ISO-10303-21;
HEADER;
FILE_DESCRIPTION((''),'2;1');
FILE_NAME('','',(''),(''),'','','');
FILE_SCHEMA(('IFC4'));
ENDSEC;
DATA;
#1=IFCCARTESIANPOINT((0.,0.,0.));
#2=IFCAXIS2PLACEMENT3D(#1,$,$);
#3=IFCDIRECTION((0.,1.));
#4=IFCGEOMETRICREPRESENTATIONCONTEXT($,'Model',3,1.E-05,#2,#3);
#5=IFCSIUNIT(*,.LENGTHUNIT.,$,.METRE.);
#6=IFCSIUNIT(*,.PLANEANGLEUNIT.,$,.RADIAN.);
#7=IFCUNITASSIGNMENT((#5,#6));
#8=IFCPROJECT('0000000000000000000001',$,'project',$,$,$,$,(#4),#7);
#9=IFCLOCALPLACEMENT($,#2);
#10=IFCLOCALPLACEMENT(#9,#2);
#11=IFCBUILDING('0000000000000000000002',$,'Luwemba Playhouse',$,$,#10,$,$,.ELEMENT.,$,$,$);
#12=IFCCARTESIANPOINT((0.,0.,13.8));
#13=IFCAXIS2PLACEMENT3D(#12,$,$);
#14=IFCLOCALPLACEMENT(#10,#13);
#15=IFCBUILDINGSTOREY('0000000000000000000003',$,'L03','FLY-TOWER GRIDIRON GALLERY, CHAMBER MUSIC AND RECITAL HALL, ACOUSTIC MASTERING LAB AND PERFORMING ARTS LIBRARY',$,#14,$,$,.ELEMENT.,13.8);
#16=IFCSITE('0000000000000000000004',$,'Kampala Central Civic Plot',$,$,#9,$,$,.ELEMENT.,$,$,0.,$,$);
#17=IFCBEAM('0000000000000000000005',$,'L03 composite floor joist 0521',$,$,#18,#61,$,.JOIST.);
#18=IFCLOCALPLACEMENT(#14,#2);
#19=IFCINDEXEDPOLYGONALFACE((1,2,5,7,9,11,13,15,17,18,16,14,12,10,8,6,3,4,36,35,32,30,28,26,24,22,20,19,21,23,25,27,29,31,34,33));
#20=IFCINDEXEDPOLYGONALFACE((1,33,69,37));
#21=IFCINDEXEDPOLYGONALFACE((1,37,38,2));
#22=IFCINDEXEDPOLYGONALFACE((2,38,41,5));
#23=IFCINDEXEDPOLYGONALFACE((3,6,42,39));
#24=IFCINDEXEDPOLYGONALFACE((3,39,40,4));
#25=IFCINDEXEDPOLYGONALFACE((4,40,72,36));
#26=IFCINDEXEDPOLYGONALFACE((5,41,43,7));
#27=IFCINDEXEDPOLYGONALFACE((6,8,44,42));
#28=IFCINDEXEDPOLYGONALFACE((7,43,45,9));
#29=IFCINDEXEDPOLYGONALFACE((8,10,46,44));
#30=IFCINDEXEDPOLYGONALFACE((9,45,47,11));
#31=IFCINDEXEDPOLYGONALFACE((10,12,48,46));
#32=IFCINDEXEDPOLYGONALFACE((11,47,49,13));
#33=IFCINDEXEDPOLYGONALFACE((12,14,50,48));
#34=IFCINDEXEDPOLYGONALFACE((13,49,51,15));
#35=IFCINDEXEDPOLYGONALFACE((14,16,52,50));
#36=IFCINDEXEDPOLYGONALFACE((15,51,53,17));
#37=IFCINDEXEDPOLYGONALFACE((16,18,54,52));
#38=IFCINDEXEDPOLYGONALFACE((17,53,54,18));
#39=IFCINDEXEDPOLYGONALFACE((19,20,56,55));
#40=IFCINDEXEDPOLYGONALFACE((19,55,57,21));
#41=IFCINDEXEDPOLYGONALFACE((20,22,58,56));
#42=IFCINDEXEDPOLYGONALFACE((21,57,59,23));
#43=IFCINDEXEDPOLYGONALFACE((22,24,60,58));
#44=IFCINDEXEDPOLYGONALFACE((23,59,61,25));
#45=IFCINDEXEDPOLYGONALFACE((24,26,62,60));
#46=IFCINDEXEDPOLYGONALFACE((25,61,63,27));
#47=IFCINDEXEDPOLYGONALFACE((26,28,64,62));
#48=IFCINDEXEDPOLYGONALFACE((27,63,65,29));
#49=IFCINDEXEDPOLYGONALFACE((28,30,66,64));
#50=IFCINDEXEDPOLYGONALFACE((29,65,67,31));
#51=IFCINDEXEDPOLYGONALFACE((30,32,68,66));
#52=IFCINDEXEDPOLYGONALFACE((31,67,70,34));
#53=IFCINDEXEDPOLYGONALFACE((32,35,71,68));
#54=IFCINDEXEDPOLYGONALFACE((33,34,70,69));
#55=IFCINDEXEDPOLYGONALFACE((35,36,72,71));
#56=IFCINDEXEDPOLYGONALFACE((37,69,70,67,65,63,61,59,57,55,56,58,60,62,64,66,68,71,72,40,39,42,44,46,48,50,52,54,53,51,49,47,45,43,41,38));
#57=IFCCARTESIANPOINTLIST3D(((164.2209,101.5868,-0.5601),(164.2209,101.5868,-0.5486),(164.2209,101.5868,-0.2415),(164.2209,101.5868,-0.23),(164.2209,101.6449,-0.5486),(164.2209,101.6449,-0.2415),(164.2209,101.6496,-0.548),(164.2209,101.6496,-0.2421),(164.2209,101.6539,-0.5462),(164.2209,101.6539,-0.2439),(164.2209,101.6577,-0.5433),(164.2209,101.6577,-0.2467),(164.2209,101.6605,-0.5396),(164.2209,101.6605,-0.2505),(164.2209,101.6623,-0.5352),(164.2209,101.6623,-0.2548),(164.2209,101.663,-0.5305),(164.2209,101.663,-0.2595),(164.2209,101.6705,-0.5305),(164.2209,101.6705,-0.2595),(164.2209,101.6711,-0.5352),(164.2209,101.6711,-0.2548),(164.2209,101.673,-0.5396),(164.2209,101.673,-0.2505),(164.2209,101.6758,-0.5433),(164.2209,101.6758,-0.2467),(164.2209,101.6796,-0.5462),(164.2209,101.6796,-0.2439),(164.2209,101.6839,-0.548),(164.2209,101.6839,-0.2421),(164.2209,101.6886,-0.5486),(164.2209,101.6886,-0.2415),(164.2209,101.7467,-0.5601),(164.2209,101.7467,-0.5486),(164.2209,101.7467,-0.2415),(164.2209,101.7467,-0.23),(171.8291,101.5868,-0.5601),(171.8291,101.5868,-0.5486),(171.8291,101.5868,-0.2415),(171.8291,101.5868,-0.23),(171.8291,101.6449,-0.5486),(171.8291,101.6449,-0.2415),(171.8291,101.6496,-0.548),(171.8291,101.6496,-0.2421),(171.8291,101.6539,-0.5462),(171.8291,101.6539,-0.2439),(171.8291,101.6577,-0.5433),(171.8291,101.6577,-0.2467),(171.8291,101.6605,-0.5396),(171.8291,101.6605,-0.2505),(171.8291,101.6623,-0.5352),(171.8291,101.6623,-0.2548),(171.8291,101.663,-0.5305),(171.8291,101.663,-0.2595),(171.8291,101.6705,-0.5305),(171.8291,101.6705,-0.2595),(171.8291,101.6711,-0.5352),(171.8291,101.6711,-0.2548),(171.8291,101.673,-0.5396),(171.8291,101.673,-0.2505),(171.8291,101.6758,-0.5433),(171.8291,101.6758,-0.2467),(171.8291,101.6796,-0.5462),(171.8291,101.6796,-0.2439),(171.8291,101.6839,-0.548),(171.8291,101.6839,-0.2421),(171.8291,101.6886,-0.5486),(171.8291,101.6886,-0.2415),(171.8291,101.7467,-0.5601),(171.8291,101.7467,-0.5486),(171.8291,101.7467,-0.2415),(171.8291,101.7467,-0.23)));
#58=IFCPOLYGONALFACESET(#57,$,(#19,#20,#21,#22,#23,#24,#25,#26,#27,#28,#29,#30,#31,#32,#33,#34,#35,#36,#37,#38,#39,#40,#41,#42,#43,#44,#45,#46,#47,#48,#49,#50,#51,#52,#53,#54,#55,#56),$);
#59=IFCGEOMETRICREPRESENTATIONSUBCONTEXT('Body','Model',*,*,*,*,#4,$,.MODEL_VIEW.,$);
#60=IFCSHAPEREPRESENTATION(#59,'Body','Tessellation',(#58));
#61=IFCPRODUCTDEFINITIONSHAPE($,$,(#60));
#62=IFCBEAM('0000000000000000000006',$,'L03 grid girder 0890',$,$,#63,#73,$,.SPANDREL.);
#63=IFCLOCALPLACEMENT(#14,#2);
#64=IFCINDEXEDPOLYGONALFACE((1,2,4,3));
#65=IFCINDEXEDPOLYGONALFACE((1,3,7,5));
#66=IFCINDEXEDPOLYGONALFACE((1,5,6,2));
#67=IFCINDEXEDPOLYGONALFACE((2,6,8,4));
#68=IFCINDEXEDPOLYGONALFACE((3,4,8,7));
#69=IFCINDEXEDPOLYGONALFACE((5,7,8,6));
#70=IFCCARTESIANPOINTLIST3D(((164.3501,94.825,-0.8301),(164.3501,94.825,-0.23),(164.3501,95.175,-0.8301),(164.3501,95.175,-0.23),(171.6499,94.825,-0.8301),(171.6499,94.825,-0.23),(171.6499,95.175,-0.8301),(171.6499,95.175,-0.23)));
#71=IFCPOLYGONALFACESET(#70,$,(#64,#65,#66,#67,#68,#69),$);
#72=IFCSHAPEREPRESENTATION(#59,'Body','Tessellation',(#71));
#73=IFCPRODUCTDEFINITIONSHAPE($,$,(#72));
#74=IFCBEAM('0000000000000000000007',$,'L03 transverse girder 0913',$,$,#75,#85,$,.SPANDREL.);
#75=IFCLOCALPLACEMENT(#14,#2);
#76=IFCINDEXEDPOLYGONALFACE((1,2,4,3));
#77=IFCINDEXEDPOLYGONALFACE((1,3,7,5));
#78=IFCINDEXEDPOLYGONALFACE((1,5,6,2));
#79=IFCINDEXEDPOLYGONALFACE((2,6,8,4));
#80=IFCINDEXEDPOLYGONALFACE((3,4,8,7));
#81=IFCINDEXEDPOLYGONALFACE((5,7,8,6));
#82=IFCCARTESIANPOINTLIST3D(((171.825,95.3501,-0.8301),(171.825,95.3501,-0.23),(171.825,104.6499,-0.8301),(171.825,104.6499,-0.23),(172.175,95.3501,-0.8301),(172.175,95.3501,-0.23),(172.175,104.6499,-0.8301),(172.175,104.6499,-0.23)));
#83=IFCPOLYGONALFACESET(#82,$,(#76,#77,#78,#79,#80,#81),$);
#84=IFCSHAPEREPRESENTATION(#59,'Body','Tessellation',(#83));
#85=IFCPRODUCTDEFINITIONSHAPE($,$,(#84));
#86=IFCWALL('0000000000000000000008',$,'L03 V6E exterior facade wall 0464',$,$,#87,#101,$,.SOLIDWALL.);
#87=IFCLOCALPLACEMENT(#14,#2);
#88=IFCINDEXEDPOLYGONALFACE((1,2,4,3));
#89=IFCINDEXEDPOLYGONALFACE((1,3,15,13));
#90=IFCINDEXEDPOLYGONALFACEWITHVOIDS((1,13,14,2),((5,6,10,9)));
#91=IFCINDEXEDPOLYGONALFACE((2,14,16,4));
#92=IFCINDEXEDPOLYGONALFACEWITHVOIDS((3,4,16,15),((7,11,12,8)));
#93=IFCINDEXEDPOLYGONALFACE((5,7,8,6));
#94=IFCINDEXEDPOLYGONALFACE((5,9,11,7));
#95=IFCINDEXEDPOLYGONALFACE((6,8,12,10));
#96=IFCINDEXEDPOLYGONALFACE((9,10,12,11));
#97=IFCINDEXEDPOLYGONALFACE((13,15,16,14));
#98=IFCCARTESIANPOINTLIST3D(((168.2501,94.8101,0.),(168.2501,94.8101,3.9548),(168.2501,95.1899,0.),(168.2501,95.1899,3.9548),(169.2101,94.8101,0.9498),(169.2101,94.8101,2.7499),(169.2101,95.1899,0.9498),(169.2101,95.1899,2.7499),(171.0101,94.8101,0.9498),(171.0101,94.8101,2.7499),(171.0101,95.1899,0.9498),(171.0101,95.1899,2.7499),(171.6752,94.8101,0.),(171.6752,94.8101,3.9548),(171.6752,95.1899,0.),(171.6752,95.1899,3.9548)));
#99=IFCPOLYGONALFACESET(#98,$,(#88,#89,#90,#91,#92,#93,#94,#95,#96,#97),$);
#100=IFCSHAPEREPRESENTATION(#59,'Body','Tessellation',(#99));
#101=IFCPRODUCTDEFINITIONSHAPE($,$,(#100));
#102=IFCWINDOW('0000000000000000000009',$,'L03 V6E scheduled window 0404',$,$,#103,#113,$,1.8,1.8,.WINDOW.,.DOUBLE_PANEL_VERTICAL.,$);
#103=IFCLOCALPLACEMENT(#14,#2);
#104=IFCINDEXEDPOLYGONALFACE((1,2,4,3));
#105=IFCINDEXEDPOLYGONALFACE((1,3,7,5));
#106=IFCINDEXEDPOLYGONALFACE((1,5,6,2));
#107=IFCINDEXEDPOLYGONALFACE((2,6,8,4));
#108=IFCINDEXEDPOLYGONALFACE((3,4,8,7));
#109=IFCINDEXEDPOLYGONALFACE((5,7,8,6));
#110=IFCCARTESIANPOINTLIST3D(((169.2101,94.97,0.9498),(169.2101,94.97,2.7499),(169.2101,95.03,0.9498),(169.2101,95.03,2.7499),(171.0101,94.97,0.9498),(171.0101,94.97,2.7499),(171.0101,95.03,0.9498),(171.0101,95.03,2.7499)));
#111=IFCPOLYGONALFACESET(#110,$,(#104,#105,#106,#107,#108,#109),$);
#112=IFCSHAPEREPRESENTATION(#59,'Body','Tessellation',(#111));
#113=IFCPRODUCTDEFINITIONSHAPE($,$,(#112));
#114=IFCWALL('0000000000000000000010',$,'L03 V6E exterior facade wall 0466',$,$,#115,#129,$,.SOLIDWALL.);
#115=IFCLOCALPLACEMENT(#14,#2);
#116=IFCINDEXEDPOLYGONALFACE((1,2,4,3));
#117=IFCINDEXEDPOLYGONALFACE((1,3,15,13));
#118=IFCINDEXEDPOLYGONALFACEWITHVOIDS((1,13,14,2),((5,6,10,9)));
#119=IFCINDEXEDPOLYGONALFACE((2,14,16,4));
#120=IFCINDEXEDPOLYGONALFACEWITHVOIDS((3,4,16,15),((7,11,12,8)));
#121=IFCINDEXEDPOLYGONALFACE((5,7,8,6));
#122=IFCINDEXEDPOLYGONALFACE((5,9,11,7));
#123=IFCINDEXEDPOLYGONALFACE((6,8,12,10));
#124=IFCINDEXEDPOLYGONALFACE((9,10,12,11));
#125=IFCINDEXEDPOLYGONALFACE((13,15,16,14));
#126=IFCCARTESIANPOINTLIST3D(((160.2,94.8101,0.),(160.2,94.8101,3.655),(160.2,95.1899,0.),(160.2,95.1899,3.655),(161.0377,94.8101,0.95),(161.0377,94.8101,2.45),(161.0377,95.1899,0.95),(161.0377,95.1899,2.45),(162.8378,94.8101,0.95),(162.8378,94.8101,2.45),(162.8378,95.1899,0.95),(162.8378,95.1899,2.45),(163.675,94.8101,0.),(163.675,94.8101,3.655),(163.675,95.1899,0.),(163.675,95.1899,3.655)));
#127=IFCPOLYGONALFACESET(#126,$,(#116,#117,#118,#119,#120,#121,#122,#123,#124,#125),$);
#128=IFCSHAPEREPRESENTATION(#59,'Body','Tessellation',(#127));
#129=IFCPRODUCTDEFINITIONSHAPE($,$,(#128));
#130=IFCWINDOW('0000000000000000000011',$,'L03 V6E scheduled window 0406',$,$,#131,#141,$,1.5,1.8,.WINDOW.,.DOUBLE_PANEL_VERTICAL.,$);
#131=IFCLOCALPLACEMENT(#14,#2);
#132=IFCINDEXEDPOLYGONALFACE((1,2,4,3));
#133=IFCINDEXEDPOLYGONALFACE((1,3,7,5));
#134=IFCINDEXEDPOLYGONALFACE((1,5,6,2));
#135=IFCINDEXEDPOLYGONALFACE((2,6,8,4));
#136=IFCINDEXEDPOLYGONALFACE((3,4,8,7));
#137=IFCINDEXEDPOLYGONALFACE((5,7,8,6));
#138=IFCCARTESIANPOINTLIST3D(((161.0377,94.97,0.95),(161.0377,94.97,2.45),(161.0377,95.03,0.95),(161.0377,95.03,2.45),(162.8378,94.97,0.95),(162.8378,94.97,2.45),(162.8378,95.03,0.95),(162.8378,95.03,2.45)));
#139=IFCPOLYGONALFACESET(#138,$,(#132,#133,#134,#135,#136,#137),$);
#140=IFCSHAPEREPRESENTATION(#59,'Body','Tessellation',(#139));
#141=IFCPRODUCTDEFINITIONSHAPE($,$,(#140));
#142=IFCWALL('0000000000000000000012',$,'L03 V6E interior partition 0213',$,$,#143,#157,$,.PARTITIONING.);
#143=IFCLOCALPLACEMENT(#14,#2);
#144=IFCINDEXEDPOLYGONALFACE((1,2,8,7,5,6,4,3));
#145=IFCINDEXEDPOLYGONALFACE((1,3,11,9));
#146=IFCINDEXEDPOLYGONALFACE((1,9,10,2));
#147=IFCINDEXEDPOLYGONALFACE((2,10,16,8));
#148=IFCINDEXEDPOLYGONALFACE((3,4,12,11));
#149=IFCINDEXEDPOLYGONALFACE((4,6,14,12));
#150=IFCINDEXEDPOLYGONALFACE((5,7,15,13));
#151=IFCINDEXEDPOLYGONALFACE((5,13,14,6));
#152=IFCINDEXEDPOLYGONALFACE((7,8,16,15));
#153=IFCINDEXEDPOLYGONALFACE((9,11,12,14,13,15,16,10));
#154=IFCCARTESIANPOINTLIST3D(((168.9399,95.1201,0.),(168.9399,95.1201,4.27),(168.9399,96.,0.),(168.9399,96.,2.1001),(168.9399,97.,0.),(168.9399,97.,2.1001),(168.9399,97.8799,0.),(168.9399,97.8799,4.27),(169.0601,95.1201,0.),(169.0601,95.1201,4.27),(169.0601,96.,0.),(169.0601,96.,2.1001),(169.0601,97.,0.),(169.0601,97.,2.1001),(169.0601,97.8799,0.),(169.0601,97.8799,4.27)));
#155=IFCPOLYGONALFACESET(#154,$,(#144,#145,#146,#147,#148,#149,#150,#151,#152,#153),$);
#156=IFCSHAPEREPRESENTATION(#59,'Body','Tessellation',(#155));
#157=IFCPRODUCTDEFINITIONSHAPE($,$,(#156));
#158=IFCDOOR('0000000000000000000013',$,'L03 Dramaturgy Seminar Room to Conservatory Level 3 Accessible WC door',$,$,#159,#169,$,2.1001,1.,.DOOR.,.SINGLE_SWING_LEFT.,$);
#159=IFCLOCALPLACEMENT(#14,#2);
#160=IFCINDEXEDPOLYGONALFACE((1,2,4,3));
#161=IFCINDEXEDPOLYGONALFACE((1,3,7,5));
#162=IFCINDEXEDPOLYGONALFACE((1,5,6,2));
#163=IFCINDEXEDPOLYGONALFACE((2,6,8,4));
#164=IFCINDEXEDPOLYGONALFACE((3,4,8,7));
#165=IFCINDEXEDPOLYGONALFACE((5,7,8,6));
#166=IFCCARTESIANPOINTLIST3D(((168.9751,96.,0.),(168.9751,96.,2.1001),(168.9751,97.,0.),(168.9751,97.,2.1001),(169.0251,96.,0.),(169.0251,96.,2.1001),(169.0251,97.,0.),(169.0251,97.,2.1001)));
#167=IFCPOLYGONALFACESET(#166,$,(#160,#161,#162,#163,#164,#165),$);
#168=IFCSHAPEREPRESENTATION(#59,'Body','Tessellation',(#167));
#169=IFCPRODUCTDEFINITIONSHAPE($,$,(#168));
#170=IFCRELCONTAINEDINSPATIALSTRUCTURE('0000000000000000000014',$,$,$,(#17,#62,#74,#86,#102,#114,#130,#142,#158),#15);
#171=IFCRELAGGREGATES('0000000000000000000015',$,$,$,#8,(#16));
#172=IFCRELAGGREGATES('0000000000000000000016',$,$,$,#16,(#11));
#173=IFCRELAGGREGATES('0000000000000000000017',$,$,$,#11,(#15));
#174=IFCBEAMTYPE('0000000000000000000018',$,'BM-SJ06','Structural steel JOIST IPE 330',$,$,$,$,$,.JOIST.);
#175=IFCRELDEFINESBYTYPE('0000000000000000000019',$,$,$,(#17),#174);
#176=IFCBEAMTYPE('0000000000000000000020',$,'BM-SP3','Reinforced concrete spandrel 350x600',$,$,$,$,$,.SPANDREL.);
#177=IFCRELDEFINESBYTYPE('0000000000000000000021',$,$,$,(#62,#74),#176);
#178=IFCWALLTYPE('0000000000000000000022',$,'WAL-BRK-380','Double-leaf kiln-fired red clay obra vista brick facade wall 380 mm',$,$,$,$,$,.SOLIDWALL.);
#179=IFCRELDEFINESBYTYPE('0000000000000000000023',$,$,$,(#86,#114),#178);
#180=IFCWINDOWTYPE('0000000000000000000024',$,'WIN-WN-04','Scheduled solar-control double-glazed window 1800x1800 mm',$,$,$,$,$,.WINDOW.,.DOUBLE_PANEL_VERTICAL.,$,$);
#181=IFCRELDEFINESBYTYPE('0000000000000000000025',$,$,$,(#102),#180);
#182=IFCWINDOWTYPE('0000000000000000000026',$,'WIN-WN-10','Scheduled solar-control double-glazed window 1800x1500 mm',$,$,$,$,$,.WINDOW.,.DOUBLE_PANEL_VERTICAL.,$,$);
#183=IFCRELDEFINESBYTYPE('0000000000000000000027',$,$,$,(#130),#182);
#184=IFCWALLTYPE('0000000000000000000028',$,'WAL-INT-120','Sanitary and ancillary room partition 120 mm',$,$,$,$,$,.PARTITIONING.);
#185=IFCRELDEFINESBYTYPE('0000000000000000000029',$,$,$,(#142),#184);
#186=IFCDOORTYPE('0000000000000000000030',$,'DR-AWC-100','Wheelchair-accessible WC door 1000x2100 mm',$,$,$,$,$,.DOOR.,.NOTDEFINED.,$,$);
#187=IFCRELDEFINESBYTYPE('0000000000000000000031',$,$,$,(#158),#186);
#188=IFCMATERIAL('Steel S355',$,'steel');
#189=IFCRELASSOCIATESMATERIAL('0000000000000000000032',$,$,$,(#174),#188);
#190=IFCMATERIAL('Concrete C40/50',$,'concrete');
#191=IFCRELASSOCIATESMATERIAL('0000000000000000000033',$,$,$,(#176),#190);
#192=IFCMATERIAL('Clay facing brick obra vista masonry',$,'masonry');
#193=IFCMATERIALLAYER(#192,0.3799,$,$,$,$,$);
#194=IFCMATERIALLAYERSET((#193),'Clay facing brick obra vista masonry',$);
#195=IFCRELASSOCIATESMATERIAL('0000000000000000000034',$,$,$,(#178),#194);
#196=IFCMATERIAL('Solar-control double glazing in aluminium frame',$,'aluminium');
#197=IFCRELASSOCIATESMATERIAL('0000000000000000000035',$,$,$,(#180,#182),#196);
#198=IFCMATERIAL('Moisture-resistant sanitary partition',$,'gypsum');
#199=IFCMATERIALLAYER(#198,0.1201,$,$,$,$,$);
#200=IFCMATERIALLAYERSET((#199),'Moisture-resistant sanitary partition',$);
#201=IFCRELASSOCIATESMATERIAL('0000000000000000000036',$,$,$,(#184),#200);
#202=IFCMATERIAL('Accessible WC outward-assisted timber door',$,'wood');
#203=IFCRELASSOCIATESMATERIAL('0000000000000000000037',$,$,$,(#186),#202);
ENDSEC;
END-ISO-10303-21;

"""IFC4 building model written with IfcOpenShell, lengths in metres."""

from ifc_helpers import new_model, si_unit, direction, frame, frame_2d, origin, origin_2d, place, context, subcontext, project, spatial, rectangle, i_section, extrude, material, layer, layer_set, material_profile, profile_set, type_object, element, fill, save


model = new_model("IFC4")

# Units and contexts
model_context = context("Model", 3, precision=1e-05, world=origin(), true_north=direction((0.0, 1.0)))
body_context = subcontext(model_context, "Body", "Model", "MODEL_VIEW")
ifc_project = project(units=[si_unit("LENGTHUNIT", "METRE"), si_unit("PLANEANGLEUNIT", "RADIAN")], contexts=[model_context])

# Site, building, storey
site_placement = place(None, origin())
site = spatial("IfcSite", under=ifc_project, at=site_placement, Name="Kampala Central Civic Plot", CompositionType="ELEMENT", RefElevation=0.0)
building_placement = place(site_placement, origin())
building = spatial("IfcBuilding", under=site, at=building_placement, Name="Luwemba Playhouse", CompositionType="ELEMENT")
storey_placement = place(building_placement, frame((0.0, 0.0, 13.8)))
storey = spatial("IfcBuildingStorey", under=building, at=storey_placement, Name="L03", Description="FLY-TOWER GRIDIRON GALLERY, CHAMBER MUSIC AND RECITAL HALL, ACOUSTIC MASTERING LAB AND PERFORMING ARTS LIBRARY", CompositionType="ELEMENT", Elevation=13.8)

# Shared definitions
ifc_material_1 = material(Name="Concrete C40/50", Category="concrete")

# Beams
ifc_material_2 = material(Name="Steel S355", Category="steel")
ifc_material_profile_1 = material_profile(ifc_material_2, i_section(OverallWidth=0.1599, OverallDepth=0.3301, WebThickness=0.0076, FlangeThickness=0.0115, FilletRadius=0.0181, at=origin_2d()))
ifc_profile_set_1 = profile_set([ifc_material_profile_1], Name="Steel S355")
beam_type_1 = type_object("IfcBeamType", Name="BM-SJ06", Description="Structural steel JOIST IPE 330", PredefinedType="JOIST", material=ifc_profile_set_1)
beam_1_placement = place(storey_placement, frame((164.2209, 101.6667, -0.395), z_axis=(1.0, 0.0, 0.0), x_axis=(0.0, 1.0, 0.0)))
element("IfcBeam", 1, at=beam_1_placement, inside=storey, type_object=beam_type_1, Name="L03 composite floor joist 0521", PredefinedType="JOIST", context=body_context, shape_type="SweptSolid", body=[
    extrude(i_section(OverallWidth=0.1599, OverallDepth=0.3301, WebThickness=0.0076, FlangeThickness=0.0115, FilletRadius=0.0181, at=origin_2d()), origin(), (0.0, 0.0, 1.0), 7.6082),
])
ifc_material_profile_2 = material_profile(ifc_material_1, rectangle(XDim=0.3501, YDim=0.6001, at=origin_2d()))
ifc_profile_set_2 = profile_set([ifc_material_profile_2], Name="Concrete C40/50")
beam_type_2 = type_object("IfcBeamType", Name="BM-SP3", Description="Reinforced concrete spandrel 350x600", PredefinedType="SPANDREL", material=ifc_profile_set_2)
beam_2_placement = place(storey_placement, frame((164.3501, 95.0, -0.53), z_axis=(1.0, 0.0, 0.0), x_axis=(0.0, 1.0, 0.0)))
element("IfcBeam", 2, at=beam_2_placement, inside=storey, type_object=beam_type_2, Name="L03 grid girder 0890", PredefinedType="SPANDREL", context=body_context, shape_type="SweptSolid", body=[
    extrude(rectangle(XDim=0.3501, YDim=0.6001, at=origin_2d()), origin(), (0.0, 0.0, 1.0), 7.2998),
])
beam_3_placement = place(storey_placement, frame((172.0, 95.3501, -0.53), z_axis=(0.0, 1.0, 0.0), x_axis=(-1.0, 0.0, 0.0)))
element("IfcBeam", 3, at=beam_3_placement, inside=storey, type_object=beam_type_2, Name="L03 transverse girder 0913", PredefinedType="SPANDREL", context=body_context, shape_type="SweptSolid", body=[
    extrude(rectangle(XDim=0.3501, YDim=0.6001, at=origin_2d()), origin(), (0.0, 0.0, 1.0), 9.2998),
])

# Walls, openings, windows
ifc_material_3 = material(Name="Clay facing brick obra vista masonry", Category="masonry")
ifc_layer_1 = layer(ifc_material_3, 0.3799)
ifc_layer_set_1 = layer_set([ifc_layer_1], Name="Clay facing brick obra vista masonry")
wall_type_1 = type_object("IfcWallType", Name="WAL-BRK-380", Description="Double-leaf kiln-fired red clay obra vista brick facade wall 380 mm", PredefinedType="SOLIDWALL", material=ifc_layer_set_1)
wall_1_placement = place(storey_placement, frame((171.675, 95.0, 0.0), z_axis=(0.0, 0.0, 1.0), x_axis=(-1.0, 0.0, 0.0)))
wall_1 = element("IfcWall", 4, at=wall_1_placement, inside=storey, type_object=wall_type_1, Name="L03 V6E exterior facade wall 0464", PredefinedType="SOLIDWALL", context=body_context, shape_type="SweptSolid", body=[
    extrude(rectangle(XDim=3.425, YDim=0.3799, at=frame_2d((1.7124, 0.0))), origin(), (0.0, 0.0, 1.0), 3.9548),
])
opening_1_placement = place(wall_1_placement, frame((0.665, 0.0, 0.95)))
opening_1 = element("IfcOpeningElement", 5, at=opening_1_placement, cuts=wall_1, PredefinedType="OPENING", context=body_context, shape_type="SweptSolid", body=[
    extrude(rectangle(XDim=1.8, YDim=1.8, at=frame_2d((0.8999, 0.8999))), frame((0.0, 0.2, 0.0), z_axis=(0.0, -1.0, 0.0), x_axis=(1.0, 0.0, 0.0)), (0.0, 0.0, 1.0), 0.3999),
])
ifc_material_4 = material(Name="Solar-control double glazing in aluminium frame", Category="aluminium")
window_type_1 = type_object("IfcWindowType", Name="WIN-WN-04", Description="Scheduled solar-control double-glazed window 1800x1800 mm", PartitioningType="DOUBLE_PANEL_VERTICAL", PredefinedType="WINDOW", material=ifc_material_4)
window_1_placement = place(opening_1_placement, origin())
window_1 = element("IfcWindow", 6, at=window_1_placement, inside=storey, type_object=window_type_1, Name="L03 V6E scheduled window 0404", OverallHeight=1.8, OverallWidth=1.8, PartitioningType="DOUBLE_PANEL_VERTICAL", PredefinedType="WINDOW", context=body_context, shape_type="SweptSolid", body=[
    extrude(rectangle(XDim=1.8, YDim=1.8, at=frame_2d((0.8999, 0.8999))), frame((0.0, 0.03, 0.0), z_axis=(0.0, -1.0, 0.0), x_axis=(1.0, 0.0, 0.0)), (0.0, 0.0, 1.0), 0.0601),
])
fill(opening_1, window_1)
wall_2_placement = place(storey_placement, frame((163.675, 95.0, 0.0), z_axis=(0.0, 0.0, 1.0), x_axis=(-1.0, 0.0, 0.0)))
wall_2 = element("IfcWall", 7, at=wall_2_placement, inside=storey, type_object=wall_type_1, Name="L03 V6E exterior facade wall 0466", PredefinedType="SOLIDWALL", context=body_context, shape_type="SweptSolid", body=[
    extrude(rectangle(XDim=3.4751, YDim=0.3799, at=frame_2d((1.7375, 0.0))), origin(), (0.0, 0.0, 1.0), 3.655),
])
opening_2_placement = place(wall_2_placement, frame((0.8374, 0.0, 0.95)))
opening_2 = element("IfcOpeningElement", 8, at=opening_2_placement, cuts=wall_2, PredefinedType="OPENING", context=body_context, shape_type="SweptSolid", body=[
    extrude(rectangle(XDim=1.8, YDim=1.5, at=frame_2d((0.8999, 0.75))), frame((0.0, 0.2, 0.0), z_axis=(0.0, -1.0, 0.0), x_axis=(1.0, 0.0, 0.0)), (0.0, 0.0, 1.0), 0.3999),
])
window_type_2 = type_object("IfcWindowType", Name="WIN-WN-10", Description="Scheduled solar-control double-glazed window 1800x1500 mm", PartitioningType="DOUBLE_PANEL_VERTICAL", PredefinedType="WINDOW", material=ifc_material_4)
window_2_placement = place(opening_2_placement, origin())
window_2 = element("IfcWindow", 9, at=window_2_placement, inside=storey, type_object=window_type_2, Name="L03 V6E scheduled window 0406", OverallHeight=1.5, OverallWidth=1.8, PartitioningType="DOUBLE_PANEL_VERTICAL", PredefinedType="WINDOW", context=body_context, shape_type="SweptSolid", body=[
    extrude(rectangle(XDim=1.8, YDim=1.5, at=frame_2d((0.8999, 0.75))), frame((0.0, 0.03, 0.0), z_axis=(0.0, -1.0, 0.0), x_axis=(1.0, 0.0, 0.0)), (0.0, 0.0, 1.0), 0.0601),
])
fill(opening_2, window_2)

# Wall, opening, door
ifc_material_5 = material(Name="Moisture-resistant sanitary partition", Category="gypsum")
ifc_layer_2 = layer(ifc_material_5, 0.1201)
ifc_layer_set_2 = layer_set([ifc_layer_2], Name="Moisture-resistant sanitary partition")
wall_type_2 = type_object("IfcWallType", Name="WAL-INT-120", Description="Sanitary and ancillary room partition 120 mm", PredefinedType="PARTITIONING", material=ifc_layer_set_2)
wall_3_placement = place(storey_placement, frame((169.0, 95.1201, 0.0), z_axis=(0.0, 0.0, 1.0), x_axis=(0.0, 1.0, 0.0)))
wall_3 = element("IfcWall", 10, at=wall_3_placement, inside=storey, type_object=wall_type_2, Name="L03 V6E interior partition 0213", PredefinedType="PARTITIONING", context=body_context, shape_type="SweptSolid", body=[
    extrude(rectangle(XDim=2.7598, YDim=0.1201, at=frame_2d((1.3799, 0.0))), origin(), (0.0, 0.0, 1.0), 4.27),
])
opening_3_placement = place(wall_3_placement, frame((0.8799, 0.0, 0.0)))
opening_3 = element("IfcOpeningElement", 11, at=opening_3_placement, cuts=wall_3, PredefinedType="OPENING", context=body_context, shape_type="SweptSolid", body=[
    extrude(rectangle(XDim=1.0, YDim=2.1001, at=frame_2d((0.5, 1.05))), frame((0.0, 0.0701, 0.0), z_axis=(0.0, -1.0, 0.0), x_axis=(1.0, 0.0, 0.0)), (0.0, 0.0, 1.0), 0.1401),
])
ifc_material_6 = material(Name="Accessible WC outward-assisted timber door", Category="wood")
door_type_1 = type_object("IfcDoorType", Name="DR-AWC-100", Description="Wheelchair-accessible WC door 1000x2100 mm", OperationType="NOTDEFINED", PredefinedType="DOOR", material=ifc_material_6)
door_1_placement = place(opening_3_placement, origin())
door_1 = element("IfcDoor", 12, at=door_1_placement, inside=storey, type_object=door_type_1, Name="L03 Dramaturgy Seminar Room to Conservatory Level 3 Accessible WC door", OperationType="SINGLE_SWING_LEFT", OverallHeight=2.1001, OverallWidth=1.0, PredefinedType="DOOR", context=body_context, shape_type="SweptSolid", body=[
    extrude(rectangle(XDim=1.0, YDim=2.1001, at=frame_2d((0.5, 1.05))), frame((0.0, 0.0249, 0.0), z_axis=(0.0, -1.0, 0.0), x_axis=(1.0, 0.0, 0.0)), (0.0, 0.0, 1.0), 0.05),
])
fill(opening_3, door_1)

save(model, "model.ifc")
